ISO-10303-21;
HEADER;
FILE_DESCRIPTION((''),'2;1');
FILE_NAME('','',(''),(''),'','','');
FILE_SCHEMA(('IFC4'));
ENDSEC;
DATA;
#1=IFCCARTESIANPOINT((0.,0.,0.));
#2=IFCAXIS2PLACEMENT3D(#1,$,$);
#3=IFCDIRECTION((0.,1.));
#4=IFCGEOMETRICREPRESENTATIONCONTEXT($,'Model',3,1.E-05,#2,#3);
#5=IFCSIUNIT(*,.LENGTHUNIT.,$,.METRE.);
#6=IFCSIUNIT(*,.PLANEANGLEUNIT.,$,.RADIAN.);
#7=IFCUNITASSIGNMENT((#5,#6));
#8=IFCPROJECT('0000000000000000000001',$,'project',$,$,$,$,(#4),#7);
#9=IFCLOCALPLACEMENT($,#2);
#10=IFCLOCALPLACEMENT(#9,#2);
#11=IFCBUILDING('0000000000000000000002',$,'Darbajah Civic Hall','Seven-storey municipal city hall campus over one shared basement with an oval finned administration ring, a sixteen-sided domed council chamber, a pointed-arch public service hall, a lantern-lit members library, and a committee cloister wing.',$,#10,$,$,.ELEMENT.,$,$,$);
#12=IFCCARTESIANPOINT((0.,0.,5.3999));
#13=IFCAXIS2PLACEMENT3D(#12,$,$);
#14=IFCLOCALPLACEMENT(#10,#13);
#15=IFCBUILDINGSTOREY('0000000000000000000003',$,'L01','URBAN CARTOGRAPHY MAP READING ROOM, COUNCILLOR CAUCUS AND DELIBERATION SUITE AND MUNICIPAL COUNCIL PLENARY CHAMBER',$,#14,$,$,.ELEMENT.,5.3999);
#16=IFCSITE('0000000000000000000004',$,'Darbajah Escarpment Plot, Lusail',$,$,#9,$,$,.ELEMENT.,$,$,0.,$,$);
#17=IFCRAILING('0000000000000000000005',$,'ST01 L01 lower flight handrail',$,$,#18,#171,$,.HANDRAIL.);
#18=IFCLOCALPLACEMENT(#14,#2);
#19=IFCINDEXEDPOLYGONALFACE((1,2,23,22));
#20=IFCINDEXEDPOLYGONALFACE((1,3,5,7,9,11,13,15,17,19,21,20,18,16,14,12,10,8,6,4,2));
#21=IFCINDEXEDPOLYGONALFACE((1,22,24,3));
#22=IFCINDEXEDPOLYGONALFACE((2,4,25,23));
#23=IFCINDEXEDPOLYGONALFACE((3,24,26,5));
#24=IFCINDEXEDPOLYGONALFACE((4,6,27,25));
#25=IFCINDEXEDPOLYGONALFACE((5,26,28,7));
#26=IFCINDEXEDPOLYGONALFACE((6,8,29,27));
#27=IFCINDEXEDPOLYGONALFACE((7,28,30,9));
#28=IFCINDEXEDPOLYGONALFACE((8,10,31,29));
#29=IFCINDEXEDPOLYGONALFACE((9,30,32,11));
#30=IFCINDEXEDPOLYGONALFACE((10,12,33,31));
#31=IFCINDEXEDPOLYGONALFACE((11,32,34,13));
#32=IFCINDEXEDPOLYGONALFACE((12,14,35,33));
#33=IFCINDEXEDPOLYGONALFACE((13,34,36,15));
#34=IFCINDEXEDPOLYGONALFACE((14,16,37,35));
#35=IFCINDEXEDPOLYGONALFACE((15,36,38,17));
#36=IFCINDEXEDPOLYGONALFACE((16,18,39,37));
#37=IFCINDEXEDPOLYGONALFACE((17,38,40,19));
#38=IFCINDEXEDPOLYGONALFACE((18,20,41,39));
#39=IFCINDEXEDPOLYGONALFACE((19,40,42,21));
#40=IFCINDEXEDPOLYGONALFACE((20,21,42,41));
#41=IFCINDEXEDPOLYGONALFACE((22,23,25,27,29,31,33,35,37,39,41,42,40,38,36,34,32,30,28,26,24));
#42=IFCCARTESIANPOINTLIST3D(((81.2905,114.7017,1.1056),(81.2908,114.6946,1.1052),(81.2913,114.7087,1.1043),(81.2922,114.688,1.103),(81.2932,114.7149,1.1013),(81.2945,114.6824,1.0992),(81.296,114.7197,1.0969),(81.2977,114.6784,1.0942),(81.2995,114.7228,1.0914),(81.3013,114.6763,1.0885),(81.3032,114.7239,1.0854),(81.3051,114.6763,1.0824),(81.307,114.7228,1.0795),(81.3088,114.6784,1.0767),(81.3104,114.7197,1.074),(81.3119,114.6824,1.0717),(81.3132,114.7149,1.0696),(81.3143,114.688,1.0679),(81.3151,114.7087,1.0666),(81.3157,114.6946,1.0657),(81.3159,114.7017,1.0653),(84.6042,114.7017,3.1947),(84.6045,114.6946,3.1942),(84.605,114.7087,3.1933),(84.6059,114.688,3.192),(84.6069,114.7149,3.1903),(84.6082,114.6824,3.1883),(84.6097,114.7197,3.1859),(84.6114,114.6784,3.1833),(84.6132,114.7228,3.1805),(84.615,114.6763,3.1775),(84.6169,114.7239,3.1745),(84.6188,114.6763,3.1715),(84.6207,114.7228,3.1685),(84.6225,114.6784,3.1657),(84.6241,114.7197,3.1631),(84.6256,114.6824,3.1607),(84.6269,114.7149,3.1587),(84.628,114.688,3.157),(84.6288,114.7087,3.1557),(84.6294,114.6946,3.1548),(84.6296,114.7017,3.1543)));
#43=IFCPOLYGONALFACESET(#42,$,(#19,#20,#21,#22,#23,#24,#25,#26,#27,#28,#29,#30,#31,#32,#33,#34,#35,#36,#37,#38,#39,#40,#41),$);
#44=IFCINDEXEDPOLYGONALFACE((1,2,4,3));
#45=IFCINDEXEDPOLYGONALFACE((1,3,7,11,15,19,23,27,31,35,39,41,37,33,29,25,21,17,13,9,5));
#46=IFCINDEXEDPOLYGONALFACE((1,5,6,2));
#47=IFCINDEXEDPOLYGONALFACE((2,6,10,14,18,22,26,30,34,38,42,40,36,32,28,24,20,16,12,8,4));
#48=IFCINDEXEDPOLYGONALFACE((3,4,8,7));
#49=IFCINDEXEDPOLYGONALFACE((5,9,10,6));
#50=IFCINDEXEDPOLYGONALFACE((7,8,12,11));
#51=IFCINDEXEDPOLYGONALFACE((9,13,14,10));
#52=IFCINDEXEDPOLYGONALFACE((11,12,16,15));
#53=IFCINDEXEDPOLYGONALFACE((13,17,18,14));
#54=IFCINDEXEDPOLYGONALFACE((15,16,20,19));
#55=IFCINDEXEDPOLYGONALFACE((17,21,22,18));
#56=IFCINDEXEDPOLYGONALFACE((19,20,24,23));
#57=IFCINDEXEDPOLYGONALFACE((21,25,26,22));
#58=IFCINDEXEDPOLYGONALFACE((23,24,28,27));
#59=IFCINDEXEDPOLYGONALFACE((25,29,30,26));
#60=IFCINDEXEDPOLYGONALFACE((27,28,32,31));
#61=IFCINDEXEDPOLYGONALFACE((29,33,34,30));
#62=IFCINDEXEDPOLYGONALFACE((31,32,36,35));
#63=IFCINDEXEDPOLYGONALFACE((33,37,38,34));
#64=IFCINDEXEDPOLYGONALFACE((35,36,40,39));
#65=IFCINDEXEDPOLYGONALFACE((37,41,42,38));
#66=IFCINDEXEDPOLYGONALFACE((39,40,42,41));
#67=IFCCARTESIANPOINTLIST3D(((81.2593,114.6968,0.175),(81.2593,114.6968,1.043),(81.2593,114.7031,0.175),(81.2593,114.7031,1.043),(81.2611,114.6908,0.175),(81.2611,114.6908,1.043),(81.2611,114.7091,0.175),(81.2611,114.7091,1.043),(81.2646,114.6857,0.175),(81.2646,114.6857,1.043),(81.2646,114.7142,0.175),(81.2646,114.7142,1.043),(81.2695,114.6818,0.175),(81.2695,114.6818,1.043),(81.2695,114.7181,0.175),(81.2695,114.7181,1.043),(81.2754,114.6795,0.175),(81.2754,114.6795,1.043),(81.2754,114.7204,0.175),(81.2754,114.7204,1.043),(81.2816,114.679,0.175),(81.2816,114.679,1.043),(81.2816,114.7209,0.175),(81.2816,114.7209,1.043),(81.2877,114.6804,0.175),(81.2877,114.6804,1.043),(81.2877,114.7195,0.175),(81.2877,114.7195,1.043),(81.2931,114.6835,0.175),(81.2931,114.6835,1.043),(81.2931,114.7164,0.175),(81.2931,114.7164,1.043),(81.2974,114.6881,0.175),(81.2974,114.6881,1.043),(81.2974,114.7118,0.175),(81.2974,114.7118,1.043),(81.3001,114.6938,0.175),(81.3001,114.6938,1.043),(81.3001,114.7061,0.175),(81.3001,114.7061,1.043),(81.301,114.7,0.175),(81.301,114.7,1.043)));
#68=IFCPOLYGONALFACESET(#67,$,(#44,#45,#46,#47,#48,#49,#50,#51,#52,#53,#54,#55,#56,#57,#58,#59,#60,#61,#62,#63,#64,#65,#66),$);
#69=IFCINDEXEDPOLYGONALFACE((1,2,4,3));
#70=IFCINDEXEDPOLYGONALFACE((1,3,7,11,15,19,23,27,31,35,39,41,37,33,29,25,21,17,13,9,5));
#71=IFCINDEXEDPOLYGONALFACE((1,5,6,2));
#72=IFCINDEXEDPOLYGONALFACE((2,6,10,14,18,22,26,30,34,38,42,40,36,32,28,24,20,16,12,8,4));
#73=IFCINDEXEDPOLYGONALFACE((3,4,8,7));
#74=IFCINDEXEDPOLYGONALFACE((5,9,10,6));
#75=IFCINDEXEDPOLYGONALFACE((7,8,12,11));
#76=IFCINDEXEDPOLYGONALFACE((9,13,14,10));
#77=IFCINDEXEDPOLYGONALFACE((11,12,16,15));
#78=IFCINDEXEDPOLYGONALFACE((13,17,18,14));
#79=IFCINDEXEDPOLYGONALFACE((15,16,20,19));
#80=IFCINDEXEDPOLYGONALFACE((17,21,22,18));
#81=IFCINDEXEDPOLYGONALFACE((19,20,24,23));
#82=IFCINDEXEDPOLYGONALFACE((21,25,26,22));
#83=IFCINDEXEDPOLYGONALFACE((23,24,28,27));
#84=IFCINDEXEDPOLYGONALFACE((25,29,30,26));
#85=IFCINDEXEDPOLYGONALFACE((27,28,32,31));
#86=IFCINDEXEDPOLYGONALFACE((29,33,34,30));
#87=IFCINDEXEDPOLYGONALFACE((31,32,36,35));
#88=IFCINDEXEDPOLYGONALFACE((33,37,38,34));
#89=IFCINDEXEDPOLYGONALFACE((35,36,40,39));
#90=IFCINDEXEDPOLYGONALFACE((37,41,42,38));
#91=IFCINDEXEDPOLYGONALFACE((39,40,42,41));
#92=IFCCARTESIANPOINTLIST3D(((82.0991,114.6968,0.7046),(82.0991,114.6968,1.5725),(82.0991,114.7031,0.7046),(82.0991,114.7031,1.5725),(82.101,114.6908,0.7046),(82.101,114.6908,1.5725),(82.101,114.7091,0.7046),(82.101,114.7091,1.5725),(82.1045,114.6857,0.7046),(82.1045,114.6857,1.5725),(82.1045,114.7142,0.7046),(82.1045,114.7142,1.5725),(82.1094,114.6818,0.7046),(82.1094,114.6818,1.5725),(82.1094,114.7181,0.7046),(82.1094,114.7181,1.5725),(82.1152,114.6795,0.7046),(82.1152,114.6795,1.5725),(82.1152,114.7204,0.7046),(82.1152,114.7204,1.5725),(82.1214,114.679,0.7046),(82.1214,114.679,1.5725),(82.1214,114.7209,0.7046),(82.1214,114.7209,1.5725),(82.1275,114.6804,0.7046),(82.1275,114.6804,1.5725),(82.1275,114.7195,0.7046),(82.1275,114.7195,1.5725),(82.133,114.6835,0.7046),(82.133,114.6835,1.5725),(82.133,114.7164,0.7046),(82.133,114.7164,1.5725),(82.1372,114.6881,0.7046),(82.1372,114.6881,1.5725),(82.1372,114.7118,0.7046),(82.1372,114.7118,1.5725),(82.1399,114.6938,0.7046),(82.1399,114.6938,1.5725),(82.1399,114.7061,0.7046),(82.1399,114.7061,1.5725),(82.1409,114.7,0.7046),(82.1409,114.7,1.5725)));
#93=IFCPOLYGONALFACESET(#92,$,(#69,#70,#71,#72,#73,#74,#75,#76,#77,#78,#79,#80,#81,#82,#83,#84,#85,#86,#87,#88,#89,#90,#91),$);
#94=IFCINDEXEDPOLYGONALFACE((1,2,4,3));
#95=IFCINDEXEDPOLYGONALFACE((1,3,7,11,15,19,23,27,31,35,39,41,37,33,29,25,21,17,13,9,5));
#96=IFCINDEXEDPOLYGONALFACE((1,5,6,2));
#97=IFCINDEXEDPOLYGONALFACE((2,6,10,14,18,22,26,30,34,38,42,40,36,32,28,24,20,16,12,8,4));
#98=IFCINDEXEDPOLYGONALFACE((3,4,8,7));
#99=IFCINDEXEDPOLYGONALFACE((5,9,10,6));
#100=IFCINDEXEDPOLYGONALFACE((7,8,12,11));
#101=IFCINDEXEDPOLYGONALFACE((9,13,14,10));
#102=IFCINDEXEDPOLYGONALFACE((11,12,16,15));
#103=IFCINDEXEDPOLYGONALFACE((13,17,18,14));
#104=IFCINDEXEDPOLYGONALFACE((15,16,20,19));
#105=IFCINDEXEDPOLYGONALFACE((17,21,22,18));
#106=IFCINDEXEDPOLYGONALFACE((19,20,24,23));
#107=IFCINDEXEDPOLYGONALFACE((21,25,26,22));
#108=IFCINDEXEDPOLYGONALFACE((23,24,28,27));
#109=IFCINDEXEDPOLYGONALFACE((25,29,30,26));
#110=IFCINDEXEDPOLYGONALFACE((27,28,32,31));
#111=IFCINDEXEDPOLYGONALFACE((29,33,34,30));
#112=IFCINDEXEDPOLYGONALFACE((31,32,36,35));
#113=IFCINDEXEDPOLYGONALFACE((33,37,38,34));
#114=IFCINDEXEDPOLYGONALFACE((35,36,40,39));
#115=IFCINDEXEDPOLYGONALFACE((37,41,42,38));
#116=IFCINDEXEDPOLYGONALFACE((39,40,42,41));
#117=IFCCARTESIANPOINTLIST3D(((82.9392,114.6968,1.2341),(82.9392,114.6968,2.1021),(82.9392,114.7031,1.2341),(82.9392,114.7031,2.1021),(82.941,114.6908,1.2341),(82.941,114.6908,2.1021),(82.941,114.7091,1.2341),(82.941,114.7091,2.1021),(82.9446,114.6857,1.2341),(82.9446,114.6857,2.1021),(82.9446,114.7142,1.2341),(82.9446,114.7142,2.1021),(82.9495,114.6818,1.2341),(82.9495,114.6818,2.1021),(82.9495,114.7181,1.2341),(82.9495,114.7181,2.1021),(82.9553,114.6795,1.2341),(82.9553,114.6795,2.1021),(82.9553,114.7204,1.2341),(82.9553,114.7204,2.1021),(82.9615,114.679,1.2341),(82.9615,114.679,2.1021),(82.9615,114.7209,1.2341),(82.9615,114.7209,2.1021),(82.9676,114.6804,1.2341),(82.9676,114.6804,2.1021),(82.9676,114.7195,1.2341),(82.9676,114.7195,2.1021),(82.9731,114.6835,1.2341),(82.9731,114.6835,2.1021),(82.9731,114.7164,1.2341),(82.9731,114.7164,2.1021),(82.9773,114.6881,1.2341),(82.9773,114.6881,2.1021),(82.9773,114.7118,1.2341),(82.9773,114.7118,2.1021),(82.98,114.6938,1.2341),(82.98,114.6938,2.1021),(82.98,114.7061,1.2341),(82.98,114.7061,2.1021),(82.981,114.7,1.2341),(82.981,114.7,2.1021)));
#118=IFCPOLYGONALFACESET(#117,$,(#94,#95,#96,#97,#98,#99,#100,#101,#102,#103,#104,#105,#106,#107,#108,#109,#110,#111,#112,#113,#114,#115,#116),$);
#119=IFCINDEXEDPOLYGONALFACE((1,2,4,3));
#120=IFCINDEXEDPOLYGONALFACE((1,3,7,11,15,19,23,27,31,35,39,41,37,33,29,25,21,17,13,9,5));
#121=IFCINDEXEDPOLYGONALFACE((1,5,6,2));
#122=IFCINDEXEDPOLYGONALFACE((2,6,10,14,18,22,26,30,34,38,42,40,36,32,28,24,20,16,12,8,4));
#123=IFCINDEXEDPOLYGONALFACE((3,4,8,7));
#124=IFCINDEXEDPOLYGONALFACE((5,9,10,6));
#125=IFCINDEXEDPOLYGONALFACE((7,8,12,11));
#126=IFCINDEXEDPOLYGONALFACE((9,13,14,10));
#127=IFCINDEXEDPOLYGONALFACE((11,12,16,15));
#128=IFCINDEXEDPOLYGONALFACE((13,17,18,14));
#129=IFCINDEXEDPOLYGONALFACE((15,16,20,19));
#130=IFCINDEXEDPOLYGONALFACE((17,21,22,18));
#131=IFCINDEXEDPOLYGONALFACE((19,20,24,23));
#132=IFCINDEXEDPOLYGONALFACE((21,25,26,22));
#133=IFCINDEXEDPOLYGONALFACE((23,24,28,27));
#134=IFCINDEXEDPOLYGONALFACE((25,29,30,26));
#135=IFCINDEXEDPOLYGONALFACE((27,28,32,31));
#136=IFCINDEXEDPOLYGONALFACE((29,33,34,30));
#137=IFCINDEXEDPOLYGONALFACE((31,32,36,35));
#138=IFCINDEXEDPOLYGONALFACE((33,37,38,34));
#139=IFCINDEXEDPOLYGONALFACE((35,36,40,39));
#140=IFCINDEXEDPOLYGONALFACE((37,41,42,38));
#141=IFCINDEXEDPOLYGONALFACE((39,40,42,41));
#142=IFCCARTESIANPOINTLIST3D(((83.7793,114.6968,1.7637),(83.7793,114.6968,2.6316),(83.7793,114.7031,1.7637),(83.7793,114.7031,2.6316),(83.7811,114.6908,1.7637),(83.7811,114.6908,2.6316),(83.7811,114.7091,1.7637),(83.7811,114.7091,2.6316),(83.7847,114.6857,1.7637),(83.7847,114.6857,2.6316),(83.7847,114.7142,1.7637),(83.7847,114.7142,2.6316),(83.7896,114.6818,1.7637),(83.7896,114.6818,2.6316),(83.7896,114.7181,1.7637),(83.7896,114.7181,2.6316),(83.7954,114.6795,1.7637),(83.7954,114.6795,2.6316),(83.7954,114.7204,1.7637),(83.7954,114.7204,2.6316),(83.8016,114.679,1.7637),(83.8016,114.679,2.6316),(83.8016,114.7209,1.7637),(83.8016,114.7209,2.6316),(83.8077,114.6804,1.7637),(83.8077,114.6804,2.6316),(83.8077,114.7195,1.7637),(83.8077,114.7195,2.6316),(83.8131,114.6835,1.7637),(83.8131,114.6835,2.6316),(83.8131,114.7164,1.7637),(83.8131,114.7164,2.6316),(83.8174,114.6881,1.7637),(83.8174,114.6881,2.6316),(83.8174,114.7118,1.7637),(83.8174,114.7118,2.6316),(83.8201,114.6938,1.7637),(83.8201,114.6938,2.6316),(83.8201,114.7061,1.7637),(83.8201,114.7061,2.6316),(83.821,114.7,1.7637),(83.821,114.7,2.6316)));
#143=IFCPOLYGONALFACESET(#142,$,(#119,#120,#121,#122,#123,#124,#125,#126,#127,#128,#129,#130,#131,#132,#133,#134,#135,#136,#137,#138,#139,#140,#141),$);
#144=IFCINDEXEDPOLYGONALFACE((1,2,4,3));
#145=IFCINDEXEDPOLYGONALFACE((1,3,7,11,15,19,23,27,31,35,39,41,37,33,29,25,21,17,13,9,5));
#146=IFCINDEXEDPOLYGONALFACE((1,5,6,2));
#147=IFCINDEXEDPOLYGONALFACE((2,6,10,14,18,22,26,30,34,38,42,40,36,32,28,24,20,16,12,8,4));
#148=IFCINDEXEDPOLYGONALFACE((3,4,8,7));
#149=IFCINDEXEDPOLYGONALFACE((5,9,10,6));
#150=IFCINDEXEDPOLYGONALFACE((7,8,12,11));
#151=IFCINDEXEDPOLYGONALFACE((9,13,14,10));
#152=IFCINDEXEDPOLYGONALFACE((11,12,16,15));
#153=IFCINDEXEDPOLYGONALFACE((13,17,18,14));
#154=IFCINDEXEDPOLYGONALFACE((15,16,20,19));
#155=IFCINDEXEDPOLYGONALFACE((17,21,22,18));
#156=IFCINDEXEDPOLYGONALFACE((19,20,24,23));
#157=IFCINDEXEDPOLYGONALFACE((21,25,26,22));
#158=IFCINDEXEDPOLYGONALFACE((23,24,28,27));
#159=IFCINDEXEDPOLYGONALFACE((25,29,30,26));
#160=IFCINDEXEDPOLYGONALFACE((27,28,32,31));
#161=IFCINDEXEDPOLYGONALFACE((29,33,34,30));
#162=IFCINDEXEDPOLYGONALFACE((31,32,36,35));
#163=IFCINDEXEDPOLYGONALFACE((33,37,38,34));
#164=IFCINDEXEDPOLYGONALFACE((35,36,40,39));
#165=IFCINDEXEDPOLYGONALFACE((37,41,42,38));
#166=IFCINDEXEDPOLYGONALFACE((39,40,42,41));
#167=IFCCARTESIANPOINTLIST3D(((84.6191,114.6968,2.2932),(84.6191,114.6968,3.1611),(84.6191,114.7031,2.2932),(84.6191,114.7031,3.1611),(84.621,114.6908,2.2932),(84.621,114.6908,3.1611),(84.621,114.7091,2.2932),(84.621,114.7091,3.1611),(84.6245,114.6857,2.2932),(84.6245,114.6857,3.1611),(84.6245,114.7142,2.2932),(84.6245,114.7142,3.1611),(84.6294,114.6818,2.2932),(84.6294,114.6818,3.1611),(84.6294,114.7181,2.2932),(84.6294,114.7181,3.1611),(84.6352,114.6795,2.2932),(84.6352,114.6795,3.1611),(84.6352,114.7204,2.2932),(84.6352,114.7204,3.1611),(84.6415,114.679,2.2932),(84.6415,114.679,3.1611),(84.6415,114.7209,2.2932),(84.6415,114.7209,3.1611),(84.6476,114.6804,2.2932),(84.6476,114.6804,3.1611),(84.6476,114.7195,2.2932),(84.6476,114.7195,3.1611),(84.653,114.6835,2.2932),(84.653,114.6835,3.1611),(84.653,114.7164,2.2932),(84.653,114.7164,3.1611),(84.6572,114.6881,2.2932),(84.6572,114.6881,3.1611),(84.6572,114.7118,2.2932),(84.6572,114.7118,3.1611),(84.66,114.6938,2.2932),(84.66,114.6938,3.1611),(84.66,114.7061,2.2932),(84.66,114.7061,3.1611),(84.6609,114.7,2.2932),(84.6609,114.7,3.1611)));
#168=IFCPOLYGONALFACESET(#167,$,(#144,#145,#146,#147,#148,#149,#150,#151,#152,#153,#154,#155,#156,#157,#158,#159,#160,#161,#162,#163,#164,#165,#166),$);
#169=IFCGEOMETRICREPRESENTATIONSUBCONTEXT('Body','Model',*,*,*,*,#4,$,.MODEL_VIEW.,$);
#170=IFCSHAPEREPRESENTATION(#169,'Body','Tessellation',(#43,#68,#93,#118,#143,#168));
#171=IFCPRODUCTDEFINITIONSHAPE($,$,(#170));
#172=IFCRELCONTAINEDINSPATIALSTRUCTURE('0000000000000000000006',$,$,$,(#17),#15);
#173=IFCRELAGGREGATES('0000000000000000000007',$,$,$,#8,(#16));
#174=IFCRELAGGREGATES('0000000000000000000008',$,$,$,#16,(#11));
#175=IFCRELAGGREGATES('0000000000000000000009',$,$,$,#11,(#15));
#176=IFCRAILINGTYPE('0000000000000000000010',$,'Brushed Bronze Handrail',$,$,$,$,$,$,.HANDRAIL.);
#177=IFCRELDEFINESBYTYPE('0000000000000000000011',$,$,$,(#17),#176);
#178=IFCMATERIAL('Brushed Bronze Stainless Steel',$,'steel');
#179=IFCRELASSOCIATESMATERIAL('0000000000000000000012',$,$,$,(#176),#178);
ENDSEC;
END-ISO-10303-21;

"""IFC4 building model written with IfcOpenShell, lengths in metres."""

from ifc_helpers import new_model, si_unit, direction, frame, origin, origin_2d, place, context, subcontext, project, spatial, circle, extrude, material, type_object, element, save


model = new_model("IFC4")

# Units and contexts
model_context = context("Model", 3, precision=1e-05, world=origin(), true_north=direction((0.0, 1.0)))
body_context = subcontext(model_context, "Body", "Model", "MODEL_VIEW")
ifc_project = project(units=[si_unit("LENGTHUNIT", "METRE"), si_unit("PLANEANGLEUNIT", "RADIAN")], contexts=[model_context])

# Site, building, storey
site_placement = place(None, origin())
site = spatial("IfcSite", under=ifc_project, at=site_placement, Name="Darbajah Escarpment Plot, Lusail", CompositionType="ELEMENT", RefElevation=0.0)
building_placement = place(site_placement, origin())
building = spatial("IfcBuilding", under=site, at=building_placement, Name="Darbajah Civic Hall", Description="Seven-storey municipal city hall campus over one shared basement with an oval finned administration ring, a sixteen-sided domed council chamber, a pointed-arch public service hall, a lantern-lit members library, and a committee cloister wing.", CompositionType="ELEMENT")
storey_placement = place(building_placement, frame((0.0, 0.0, 5.3999)))
storey = spatial("IfcBuildingStorey", under=building, at=storey_placement, Name="L01", Description="URBAN CARTOGRAPHY MAP READING ROOM, COUNCILLOR CAUCUS AND DELIBERATION SUITE AND MUNICIPAL COUNCIL PLENARY CHAMBER", CompositionType="ELEMENT", Elevation=5.3999)

# Railing
ifc_material_1 = material(Name="Brushed Bronze Stainless Steel", Category="steel")
railing_type_1 = type_object("IfcRailingType", Name="Brushed Bronze Handrail", PredefinedType="HANDRAIL", material=ifc_material_1)
railing_1_placement = place(storey_placement, frame((81.28, 114.7, 0.175)))
element("IfcRailing", 1, at=railing_1_placement, inside=storey, type_object=railing_type_1, Name="ST01 L01 lower flight handrail", PredefinedType="HANDRAIL", context=body_context, shape_type="SweptSolid", body=[
    extrude(circle(Radius=0.0239, at=origin_2d()), frame((0.0232, 0.0, 0.9104), z_axis=(0.845927, 0.0, 0.533299), x_axis=(0.0, 1.0, 0.0)), (0.0, 0.0, 1.0), 3.9172),
    extrude(circle(Radius=0.021, at=origin_2d()), origin(), (0.0, 0.0, 1.0), 0.8679),
    extrude(circle(Radius=0.021, at=origin_2d()), frame((0.8398, 0.0, 0.5295)), (0.0, 0.0, 1.0), 0.8679),
    extrude(circle(Radius=0.021, at=origin_2d()), frame((1.6799, 0.0, 1.0591)), (0.0, 0.0, 1.0), 0.8679),
    extrude(circle(Radius=0.021, at=origin_2d()), frame((2.52, 0.0, 1.5886)), (0.0, 0.0, 1.0), 0.8679),
    extrude(circle(Radius=0.021, at=origin_2d()), frame((3.3599, 0.0, 2.1182)), (0.0, 0.0, 1.0), 0.8679),
])

save(model, "model.ifc")
